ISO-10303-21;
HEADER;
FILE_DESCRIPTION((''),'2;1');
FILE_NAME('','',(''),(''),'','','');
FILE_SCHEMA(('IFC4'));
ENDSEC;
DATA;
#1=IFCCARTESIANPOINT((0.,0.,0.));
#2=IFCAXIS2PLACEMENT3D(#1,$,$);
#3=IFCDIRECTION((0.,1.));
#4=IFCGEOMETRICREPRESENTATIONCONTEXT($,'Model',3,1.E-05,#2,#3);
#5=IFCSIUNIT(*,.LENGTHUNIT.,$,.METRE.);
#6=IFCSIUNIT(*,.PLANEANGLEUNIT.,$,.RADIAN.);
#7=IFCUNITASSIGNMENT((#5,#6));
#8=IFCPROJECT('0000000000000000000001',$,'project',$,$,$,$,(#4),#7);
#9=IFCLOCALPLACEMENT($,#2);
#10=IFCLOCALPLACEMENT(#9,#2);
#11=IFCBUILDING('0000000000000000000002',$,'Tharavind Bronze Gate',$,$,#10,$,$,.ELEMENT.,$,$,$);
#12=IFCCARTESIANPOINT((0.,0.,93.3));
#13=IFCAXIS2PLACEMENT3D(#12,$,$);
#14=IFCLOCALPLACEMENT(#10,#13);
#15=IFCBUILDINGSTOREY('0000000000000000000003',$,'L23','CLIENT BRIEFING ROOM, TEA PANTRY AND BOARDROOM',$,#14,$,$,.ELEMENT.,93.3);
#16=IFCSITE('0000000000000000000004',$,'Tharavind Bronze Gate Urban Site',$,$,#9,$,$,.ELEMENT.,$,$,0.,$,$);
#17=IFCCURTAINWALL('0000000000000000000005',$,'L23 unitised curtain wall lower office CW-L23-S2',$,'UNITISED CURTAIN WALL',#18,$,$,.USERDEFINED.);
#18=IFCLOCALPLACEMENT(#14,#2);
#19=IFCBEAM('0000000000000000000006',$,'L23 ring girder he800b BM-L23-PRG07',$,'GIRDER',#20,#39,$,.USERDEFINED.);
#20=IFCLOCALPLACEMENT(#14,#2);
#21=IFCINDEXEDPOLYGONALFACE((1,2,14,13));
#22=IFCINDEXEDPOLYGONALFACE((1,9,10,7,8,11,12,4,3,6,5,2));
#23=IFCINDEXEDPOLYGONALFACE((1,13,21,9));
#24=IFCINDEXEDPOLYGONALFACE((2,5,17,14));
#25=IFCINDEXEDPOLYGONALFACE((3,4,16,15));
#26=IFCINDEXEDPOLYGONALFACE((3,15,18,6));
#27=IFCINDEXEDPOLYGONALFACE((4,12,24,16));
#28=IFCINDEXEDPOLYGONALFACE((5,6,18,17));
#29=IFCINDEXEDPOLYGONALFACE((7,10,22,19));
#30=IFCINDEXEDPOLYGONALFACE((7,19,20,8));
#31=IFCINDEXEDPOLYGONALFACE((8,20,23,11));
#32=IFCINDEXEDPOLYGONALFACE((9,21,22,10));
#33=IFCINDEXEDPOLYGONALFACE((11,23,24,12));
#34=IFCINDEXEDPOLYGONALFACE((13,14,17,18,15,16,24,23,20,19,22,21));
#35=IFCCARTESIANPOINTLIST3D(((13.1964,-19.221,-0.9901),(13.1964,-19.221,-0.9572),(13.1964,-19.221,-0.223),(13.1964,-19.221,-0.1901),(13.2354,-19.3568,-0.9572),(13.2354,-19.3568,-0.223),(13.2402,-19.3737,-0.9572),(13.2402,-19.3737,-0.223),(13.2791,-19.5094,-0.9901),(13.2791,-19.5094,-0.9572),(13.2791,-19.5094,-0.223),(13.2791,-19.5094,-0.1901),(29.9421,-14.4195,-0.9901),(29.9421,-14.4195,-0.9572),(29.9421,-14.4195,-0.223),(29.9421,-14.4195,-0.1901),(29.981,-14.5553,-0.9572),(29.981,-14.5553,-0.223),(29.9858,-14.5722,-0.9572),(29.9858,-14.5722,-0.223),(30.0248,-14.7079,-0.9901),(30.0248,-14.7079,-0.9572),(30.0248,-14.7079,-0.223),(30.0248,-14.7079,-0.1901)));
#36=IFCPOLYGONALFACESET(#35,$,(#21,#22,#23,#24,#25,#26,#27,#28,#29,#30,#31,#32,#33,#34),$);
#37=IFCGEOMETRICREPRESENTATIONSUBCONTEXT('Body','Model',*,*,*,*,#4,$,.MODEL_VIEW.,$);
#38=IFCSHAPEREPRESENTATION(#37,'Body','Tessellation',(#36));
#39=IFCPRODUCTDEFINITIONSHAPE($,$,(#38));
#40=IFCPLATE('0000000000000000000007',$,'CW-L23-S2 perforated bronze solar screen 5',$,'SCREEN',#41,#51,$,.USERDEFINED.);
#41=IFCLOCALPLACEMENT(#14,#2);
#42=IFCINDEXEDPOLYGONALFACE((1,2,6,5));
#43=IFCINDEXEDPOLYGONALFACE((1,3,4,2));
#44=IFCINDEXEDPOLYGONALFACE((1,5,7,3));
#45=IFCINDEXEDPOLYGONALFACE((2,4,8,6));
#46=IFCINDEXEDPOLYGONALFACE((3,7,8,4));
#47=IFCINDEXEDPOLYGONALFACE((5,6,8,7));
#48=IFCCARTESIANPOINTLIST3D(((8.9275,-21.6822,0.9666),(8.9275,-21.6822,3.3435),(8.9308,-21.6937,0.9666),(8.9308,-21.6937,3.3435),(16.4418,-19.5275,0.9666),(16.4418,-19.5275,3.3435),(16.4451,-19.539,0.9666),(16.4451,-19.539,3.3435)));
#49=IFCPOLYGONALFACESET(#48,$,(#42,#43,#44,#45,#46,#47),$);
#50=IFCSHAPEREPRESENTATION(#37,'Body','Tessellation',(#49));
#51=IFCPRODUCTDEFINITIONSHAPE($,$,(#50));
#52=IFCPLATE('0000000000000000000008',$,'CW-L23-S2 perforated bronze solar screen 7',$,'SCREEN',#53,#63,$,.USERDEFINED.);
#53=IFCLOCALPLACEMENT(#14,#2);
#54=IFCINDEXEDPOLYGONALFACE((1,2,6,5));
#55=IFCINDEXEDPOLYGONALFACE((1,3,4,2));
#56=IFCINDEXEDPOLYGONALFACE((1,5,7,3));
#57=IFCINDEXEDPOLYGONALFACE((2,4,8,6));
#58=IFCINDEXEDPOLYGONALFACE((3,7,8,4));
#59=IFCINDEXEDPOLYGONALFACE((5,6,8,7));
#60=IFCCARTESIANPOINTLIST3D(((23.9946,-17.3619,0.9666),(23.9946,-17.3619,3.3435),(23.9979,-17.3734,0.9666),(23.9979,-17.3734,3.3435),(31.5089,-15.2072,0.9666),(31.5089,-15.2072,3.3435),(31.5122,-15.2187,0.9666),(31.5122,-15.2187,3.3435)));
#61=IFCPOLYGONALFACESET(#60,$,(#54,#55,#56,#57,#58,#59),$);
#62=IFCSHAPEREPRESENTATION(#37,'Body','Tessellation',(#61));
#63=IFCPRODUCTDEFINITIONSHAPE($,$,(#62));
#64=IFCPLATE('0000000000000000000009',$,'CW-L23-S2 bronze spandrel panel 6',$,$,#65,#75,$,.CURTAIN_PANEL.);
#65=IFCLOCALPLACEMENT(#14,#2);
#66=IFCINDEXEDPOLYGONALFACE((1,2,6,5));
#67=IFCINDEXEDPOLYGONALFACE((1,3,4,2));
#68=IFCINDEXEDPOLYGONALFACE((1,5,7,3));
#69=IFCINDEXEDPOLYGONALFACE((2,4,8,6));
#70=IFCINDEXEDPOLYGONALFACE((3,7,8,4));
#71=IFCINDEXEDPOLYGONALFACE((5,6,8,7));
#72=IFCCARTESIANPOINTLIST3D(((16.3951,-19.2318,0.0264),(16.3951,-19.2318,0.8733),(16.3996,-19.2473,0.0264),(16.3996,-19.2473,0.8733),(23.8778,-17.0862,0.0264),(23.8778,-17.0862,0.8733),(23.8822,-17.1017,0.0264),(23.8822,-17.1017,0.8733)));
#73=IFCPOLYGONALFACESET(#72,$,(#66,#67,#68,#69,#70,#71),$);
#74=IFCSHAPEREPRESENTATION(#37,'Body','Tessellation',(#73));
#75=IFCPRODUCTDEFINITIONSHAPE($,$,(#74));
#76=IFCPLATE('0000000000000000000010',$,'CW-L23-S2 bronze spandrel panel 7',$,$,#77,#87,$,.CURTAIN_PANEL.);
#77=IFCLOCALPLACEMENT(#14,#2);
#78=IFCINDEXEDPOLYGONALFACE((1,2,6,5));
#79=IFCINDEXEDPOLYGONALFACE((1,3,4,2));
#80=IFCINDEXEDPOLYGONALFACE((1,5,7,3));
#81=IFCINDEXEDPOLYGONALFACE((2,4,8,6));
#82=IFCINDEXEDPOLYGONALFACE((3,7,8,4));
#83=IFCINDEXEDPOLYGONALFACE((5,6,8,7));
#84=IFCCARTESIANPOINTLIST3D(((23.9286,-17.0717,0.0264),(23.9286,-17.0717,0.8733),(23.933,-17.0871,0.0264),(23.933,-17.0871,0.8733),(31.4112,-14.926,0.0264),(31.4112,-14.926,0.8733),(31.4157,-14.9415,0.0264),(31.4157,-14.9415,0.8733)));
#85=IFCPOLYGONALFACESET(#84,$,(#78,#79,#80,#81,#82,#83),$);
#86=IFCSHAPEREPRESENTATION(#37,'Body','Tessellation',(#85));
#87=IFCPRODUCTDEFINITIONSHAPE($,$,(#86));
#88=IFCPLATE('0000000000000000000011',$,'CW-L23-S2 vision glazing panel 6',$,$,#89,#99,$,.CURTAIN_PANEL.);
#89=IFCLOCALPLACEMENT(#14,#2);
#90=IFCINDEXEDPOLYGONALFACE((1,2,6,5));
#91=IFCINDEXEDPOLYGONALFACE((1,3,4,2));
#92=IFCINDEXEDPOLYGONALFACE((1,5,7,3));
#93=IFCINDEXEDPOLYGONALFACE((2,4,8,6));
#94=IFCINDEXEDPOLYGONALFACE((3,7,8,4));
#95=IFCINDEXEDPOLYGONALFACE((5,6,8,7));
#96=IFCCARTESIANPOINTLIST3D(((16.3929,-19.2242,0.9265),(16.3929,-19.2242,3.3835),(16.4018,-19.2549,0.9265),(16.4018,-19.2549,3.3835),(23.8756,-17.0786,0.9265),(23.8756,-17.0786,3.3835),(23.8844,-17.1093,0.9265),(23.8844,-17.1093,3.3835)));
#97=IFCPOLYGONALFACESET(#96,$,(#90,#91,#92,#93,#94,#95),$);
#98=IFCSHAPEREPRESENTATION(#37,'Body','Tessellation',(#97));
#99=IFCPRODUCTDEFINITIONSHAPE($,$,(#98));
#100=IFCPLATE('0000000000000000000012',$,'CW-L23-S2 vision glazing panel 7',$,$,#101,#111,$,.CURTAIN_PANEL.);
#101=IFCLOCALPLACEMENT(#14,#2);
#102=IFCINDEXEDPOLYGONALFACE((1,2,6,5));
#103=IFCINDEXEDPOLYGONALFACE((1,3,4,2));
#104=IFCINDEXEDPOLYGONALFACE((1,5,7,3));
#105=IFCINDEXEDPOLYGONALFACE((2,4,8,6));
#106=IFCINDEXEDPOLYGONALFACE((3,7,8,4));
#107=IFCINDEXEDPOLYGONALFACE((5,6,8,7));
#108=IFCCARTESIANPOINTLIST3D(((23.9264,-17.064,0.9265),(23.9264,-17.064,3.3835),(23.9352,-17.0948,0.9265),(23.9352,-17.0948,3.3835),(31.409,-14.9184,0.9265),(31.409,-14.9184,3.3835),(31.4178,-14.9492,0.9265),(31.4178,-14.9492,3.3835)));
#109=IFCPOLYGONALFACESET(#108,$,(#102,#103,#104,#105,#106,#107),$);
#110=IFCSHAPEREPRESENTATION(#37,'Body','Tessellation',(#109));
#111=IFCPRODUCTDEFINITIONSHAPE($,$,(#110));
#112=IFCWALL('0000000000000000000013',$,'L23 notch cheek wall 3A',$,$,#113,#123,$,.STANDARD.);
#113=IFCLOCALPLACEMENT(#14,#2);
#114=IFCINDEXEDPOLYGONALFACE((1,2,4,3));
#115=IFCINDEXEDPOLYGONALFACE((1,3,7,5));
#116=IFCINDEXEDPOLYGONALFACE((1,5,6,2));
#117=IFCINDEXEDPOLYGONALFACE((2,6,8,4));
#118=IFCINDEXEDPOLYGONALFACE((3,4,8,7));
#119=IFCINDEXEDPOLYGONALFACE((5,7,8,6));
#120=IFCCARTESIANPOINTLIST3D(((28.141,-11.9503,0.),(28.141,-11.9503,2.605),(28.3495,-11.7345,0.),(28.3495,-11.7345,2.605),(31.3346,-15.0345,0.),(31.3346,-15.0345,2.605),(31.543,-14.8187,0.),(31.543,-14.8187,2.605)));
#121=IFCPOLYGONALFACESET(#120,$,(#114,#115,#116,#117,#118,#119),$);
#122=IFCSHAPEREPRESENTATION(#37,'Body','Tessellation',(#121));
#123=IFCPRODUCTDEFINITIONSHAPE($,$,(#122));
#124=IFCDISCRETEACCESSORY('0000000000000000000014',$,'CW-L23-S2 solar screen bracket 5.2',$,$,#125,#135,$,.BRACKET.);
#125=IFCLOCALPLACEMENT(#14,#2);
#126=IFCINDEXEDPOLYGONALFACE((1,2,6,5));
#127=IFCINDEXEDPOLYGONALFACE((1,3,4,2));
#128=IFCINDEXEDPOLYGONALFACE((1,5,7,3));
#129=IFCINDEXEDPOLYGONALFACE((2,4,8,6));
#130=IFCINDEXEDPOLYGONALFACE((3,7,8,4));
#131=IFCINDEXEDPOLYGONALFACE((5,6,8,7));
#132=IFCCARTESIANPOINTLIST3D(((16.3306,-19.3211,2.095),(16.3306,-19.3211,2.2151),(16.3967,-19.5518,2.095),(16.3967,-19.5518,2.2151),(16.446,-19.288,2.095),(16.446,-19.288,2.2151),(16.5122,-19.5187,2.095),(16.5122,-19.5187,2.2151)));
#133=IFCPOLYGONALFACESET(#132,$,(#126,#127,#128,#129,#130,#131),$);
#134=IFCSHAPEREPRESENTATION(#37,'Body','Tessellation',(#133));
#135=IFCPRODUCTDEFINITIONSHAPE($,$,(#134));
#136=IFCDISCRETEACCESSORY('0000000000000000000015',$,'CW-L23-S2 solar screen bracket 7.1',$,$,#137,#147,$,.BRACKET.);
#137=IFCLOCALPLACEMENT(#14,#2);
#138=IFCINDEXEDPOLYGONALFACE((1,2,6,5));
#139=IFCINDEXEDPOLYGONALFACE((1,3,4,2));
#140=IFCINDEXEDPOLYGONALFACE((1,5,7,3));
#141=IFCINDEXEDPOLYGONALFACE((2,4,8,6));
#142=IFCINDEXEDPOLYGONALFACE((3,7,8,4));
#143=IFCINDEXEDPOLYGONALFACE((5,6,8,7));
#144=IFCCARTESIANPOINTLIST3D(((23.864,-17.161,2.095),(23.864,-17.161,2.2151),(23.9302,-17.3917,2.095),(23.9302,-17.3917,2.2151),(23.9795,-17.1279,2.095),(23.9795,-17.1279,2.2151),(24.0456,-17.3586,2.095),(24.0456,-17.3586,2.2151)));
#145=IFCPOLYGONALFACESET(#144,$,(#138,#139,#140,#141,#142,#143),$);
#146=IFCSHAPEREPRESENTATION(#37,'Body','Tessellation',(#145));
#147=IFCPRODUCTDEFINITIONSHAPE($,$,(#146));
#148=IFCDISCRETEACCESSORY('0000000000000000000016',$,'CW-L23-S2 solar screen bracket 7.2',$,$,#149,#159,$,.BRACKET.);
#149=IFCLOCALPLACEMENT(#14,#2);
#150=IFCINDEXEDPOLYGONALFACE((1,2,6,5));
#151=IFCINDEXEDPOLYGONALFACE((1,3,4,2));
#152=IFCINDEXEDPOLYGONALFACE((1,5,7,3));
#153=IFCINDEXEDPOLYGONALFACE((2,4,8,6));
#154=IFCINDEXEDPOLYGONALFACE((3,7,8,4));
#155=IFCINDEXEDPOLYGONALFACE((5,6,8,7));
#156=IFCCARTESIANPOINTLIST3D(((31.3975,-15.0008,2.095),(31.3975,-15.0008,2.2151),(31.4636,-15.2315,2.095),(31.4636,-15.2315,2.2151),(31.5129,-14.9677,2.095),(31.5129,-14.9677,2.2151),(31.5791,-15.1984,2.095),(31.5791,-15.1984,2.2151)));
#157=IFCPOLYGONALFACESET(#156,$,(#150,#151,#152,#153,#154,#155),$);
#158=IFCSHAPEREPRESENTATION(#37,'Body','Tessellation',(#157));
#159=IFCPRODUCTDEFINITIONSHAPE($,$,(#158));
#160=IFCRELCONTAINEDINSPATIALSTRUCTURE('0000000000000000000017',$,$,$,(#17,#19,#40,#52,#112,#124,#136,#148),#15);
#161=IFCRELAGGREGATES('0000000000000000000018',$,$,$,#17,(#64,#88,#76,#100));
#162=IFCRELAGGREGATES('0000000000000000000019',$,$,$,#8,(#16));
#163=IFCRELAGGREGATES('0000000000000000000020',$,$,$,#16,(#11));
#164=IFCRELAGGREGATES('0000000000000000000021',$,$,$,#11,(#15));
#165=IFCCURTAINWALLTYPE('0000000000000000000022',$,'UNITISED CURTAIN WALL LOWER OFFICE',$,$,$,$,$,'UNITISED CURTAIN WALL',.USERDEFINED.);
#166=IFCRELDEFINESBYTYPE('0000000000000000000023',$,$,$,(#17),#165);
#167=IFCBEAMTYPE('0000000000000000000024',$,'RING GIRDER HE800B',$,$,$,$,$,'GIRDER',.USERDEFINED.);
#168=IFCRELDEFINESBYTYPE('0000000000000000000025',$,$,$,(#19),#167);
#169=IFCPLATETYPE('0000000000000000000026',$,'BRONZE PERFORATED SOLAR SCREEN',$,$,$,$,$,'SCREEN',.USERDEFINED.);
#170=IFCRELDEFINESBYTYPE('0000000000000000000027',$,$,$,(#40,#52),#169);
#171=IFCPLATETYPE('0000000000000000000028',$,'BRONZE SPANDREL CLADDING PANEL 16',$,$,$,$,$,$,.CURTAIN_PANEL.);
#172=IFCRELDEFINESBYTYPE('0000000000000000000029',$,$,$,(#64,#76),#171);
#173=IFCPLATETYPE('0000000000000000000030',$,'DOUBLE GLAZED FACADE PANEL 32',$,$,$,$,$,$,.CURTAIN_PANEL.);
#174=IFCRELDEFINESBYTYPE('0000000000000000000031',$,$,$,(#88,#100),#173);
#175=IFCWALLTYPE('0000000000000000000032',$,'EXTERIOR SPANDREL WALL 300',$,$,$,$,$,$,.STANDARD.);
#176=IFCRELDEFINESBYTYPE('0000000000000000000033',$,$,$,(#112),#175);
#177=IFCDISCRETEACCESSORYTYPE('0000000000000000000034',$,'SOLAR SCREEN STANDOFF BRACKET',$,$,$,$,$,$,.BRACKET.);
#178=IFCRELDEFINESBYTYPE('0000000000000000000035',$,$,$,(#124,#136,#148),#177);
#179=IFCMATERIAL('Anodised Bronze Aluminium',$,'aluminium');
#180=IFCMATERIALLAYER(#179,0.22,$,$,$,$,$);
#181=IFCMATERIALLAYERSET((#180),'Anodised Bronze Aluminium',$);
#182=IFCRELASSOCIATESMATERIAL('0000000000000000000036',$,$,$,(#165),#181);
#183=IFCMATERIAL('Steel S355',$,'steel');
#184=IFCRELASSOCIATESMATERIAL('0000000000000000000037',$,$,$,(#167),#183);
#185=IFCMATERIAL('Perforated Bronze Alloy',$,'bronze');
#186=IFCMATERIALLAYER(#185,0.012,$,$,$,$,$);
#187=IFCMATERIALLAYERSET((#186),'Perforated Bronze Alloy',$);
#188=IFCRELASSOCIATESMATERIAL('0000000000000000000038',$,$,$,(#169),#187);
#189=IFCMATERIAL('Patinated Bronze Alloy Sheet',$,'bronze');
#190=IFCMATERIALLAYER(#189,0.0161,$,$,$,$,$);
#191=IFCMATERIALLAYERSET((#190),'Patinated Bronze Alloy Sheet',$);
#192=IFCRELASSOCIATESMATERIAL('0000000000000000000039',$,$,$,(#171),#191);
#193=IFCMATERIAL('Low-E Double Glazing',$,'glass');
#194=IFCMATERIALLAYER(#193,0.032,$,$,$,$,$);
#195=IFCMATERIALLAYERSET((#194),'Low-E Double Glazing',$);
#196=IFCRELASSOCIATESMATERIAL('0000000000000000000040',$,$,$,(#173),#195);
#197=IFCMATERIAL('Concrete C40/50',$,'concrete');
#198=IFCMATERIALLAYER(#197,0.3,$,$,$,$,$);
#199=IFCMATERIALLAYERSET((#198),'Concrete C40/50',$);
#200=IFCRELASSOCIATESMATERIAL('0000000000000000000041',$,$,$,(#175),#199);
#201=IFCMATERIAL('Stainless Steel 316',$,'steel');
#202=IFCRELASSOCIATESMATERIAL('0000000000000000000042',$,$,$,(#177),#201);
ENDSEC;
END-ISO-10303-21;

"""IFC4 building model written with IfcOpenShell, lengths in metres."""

from ifc_helpers import new_model, si_unit, direction, frame, frame_2d, origin, origin_2d, place, context, subcontext, project, spatial, rectangle, i_section, extrude, material, layer, layer_set, material_profile, profile_set, type_object, element, aggregate, save


model = new_model("IFC4")

# Units and contexts
model_context = context("Model", 3, precision=1e-05, world=origin(), true_north=direction((0.0, 1.0)))
body_context = subcontext(model_context, "Body", "Model", "MODEL_VIEW")
ifc_project = project(units=[si_unit("LENGTHUNIT", "METRE"), si_unit("PLANEANGLEUNIT", "RADIAN")], contexts=[model_context])

# Site, building, storey
site_placement = place(None, origin())
site = spatial("IfcSite", under=ifc_project, at=site_placement, Name="Tharavind Bronze Gate Urban Site", CompositionType="ELEMENT", RefElevation=0.0)
building_placement = place(site_placement, origin())
building = spatial("IfcBuilding", under=site, at=building_placement, Name="Tharavind Bronze Gate", CompositionType="ELEMENT")
storey_placement = place(building_placement, frame((0.0, 0.0, 93.3)))
storey = spatial("IfcBuildingStorey", under=building, at=storey_placement, Name="L23", Description="CLIENT BRIEFING ROOM, TEA PANTRY AND BOARDROOM", CompositionType="ELEMENT", Elevation=93.3)

# Curtain wall
ifc_material_1 = material(Name="Anodised Bronze Aluminium", Category="aluminium")
ifc_layer_1 = layer(ifc_material_1, 0.22)
ifc_layer_set_1 = layer_set([ifc_layer_1], Name="Anodised Bronze Aluminium")
curtain_wall_type = type_object("IfcCurtainWallType", Name="UNITISED CURTAIN WALL LOWER OFFICE", ElementType="UNITISED CURTAIN WALL", PredefinedType="USERDEFINED", material=ifc_layer_set_1)
curtain_wall_placement = place(storey_placement, origin())
curtain_wall = element("IfcCurtainWall", 1, at=curtain_wall_placement, inside=storey, type_object=curtain_wall_type, Name="L23 unitised curtain wall lower office CW-L23-S2", ObjectType="UNITISED CURTAIN WALL", PredefinedType="USERDEFINED")

# Beam
ifc_material_2 = material(Name="Steel S355", Category="steel")
ifc_material_profile_1 = material_profile(ifc_material_2, i_section(OverallWidth=0.3, OverallDepth=0.8, WebThickness=0.0176, FlangeThickness=0.033, at=origin_2d()), Name="HE800B")
ifc_profile_set_1 = profile_set([ifc_material_profile_1], Name="Steel S355")
beam_type_1 = type_object("IfcBeamType", Name="RING GIRDER HE800B", ElementType="GIRDER", PredefinedType="USERDEFINED", material=ifc_profile_set_1)
beam_1_placement = place(storey_placement, frame((13.2378, -19.3652, -0.5901), z_axis=(0.961265, 0.275626, 0.0), x_axis=(-0.275626, 0.961265, 0.0)))
element("IfcBeam", 2, at=beam_1_placement, inside=storey, type_object=beam_type_1, Name="L23 ring girder he800b BM-L23-PRG07", ObjectType="GIRDER", PredefinedType="USERDEFINED", context=body_context, shape_type="SweptSolid", body=[
    extrude(i_section(OverallWidth=0.3, OverallDepth=0.8, WebThickness=0.0176, FlangeThickness=0.033, at=origin_2d()), origin(), (0.0, 0.0, 1.0), 17.4204),
])

# Plates
ifc_material_3 = material(Name="Perforated Bronze Alloy", Category="bronze")
ifc_layer_2 = layer(ifc_material_3, 0.012)
ifc_layer_set_2 = layer_set([ifc_layer_2], Name="Perforated Bronze Alloy")
plate_type_1 = type_object("IfcPlateType", Name="BRONZE PERFORATED SOLAR SCREEN", ElementType="SCREEN", PredefinedType="USERDEFINED", material=ifc_layer_set_2)
for number, where, z_axis, x_axis, name in (
    (3, (12.6863, -20.6106, 0.9666), (0.0, 0.0, 1.0), (0.961262, 0.275637, 0.0), "CW-L23-S2 perforated bronze solar screen 5"),
    (4, (27.7534, -16.2903, 0.9666), (0.0, 0.0, 1.0), (0.961262, 0.275637, 0.0), "CW-L23-S2 perforated bronze solar screen 7"),
):
    element("IfcPlate", number, at=place(storey_placement, frame(where, z_axis=z_axis, x_axis=x_axis)), inside=storey, type_object=plate_type_1, Name=name, ObjectType="SCREEN", PredefinedType="USERDEFINED", context=body_context, shape_type="SweptSolid", body=[
        extrude(rectangle(XDim=7.8171, YDim=0.012, at=origin_2d()), origin(), (0.0, 0.0, 1.0), 2.377),
    ])

# Plates
ifc_material_4 = material(Name="Patinated Bronze Alloy Sheet", Category="bronze")
ifc_layer_3 = layer(ifc_material_4, 0.0161)
ifc_layer_set_3 = layer_set([ifc_layer_3], Name="Patinated Bronze Alloy Sheet")
plate_type_2 = type_object("IfcPlateType", Name="BRONZE SPANDREL CLADDING PANEL 16", PredefinedType="CURTAIN_PANEL", material=ifc_layer_set_3)
plate_1_placement = place(storey_placement, frame((20.1387, -18.1667, 0.0264), z_axis=(0.0, 0.0, 1.0), x_axis=(0.961262, 0.275637, 0.0)))
plate_1 = element("IfcPlate", 5, at=plate_1_placement, type_object=plate_type_2, Name="CW-L23-S2 bronze spandrel panel 6", PredefinedType="CURTAIN_PANEL", context=body_context, shape_type="SweptSolid", body=[
    extrude(rectangle(XDim=7.7842, YDim=0.0161, at=origin_2d()), origin(), (0.0, 0.0, 1.0), 0.8469),
])
plate_2_placement = place(storey_placement, frame((27.6721, -16.0066, 0.0264), z_axis=(0.0, 0.0, 1.0), x_axis=(0.961262, 0.275637, 0.0)))
plate_2 = element("IfcPlate", 6, at=plate_2_placement, type_object=plate_type_2, Name="CW-L23-S2 bronze spandrel panel 7", PredefinedType="CURTAIN_PANEL", context=body_context, shape_type="SweptSolid", body=[
    extrude(rectangle(XDim=7.7842, YDim=0.0161, at=origin_2d()), origin(), (0.0, 0.0, 1.0), 0.8469),
])
ifc_material_5 = material(Name="Low-E Double Glazing", Category="glass")
ifc_layer_4 = layer(ifc_material_5, 0.032)
ifc_layer_set_4 = layer_set([ifc_layer_4], Name="Low-E Double Glazing")
plate_type_3 = type_object("IfcPlateType", Name="DOUBLE GLAZED FACADE PANEL 32", PredefinedType="CURTAIN_PANEL", material=ifc_layer_set_4)
plate_3_placement = place(storey_placement, frame((20.1387, -18.1667, 0.9265), z_axis=(0.0, 0.0, 1.0), x_axis=(0.961262, 0.275637, 0.0)))
plate_3 = element("IfcPlate", 7, at=plate_3_placement, type_object=plate_type_3, Name="CW-L23-S2 vision glazing panel 6", PredefinedType="CURTAIN_PANEL", context=body_context, shape_type="SweptSolid", body=[
    extrude(rectangle(XDim=7.7842, YDim=0.032, at=origin_2d()), origin(), (0.0, 0.0, 1.0), 2.457),
])
plate_4_placement = place(storey_placement, frame((27.6721, -16.0066, 0.9265), z_axis=(0.0, 0.0, 1.0), x_axis=(0.961262, 0.275637, 0.0)))
plate_4 = element("IfcPlate", 8, at=plate_4_placement, type_object=plate_type_3, Name="CW-L23-S2 vision glazing panel 7", PredefinedType="CURTAIN_PANEL", context=body_context, shape_type="SweptSolid", body=[
    extrude(rectangle(XDim=7.7842, YDim=0.032, at=origin_2d()), origin(), (0.0, 0.0, 1.0), 2.457),
])
aggregate(curtain_wall, [plate_1, plate_3, plate_2, plate_4])

# Wall
ifc_material_6 = material(Name="Concrete C40/50", Category="concrete")
ifc_layer_5 = layer(ifc_material_6, 0.3)
ifc_layer_set_5 = layer_set([ifc_layer_5], Name="Concrete C40/50")
wall_type = type_object("IfcWallType", Name="EXTERIOR SPANDREL WALL 300", PredefinedType="STANDARD", material=ifc_layer_set_5)
wall_placement = place(storey_placement, frame((31.4387, -14.9265, 0.0), z_axis=(0.0, 0.0, 1.0), x_axis=(-0.719317, 0.694682, 0.0)))
element("IfcWall", 9, at=wall_placement, inside=storey, type_object=wall_type, Name="L23 notch cheek wall 3A", PredefinedType="STANDARD", context=body_context, shape_type="SweptSolid", body=[
    extrude(rectangle(XDim=4.4397, YDim=0.3, at=frame_2d((2.2197, 0.0))), origin(), (0.0, 0.0, 1.0), 2.605),
])

# Discrete accessories
ifc_material_7 = material(Name="Stainless Steel 316", Category="steel")
discrete_accessory_type = type_object("IfcDiscreteAccessoryType", Name="SOLAR SCREEN STANDOFF BRACKET", PredefinedType="BRACKET", material=ifc_material_7)
for number, where, z_axis, x_axis, name in (
    (10, (16.4214, -19.4199, 2.095), (0.0, 0.0, 1.0), (0.961262, 0.275637, 0.0), "CW-L23-S2 solar screen bracket 5.2"),
    (11, (23.9548, -17.2598, 2.095), (0.0, 0.0, 1.0), (0.961262, 0.275637, 0.0), "CW-L23-S2 solar screen bracket 7.1"),
    (12, (31.4883, -15.0996, 2.095), (0.0, 0.0, 1.0), (0.961262, 0.275637, 0.0), "CW-L23-S2 solar screen bracket 7.2"),
):
    element("IfcDiscreteAccessory", number, at=place(storey_placement, frame(where, z_axis=z_axis, x_axis=x_axis)), inside=storey, type_object=discrete_accessory_type, Name=name, PredefinedType="BRACKET", context=body_context, shape_type="SweptSolid", body=[
        extrude(rectangle(XDim=0.1201, YDim=0.24, at=origin_2d()), origin(), (0.0, 0.0, 1.0), 0.1201),
    ])

save(model, "model.ifc")
